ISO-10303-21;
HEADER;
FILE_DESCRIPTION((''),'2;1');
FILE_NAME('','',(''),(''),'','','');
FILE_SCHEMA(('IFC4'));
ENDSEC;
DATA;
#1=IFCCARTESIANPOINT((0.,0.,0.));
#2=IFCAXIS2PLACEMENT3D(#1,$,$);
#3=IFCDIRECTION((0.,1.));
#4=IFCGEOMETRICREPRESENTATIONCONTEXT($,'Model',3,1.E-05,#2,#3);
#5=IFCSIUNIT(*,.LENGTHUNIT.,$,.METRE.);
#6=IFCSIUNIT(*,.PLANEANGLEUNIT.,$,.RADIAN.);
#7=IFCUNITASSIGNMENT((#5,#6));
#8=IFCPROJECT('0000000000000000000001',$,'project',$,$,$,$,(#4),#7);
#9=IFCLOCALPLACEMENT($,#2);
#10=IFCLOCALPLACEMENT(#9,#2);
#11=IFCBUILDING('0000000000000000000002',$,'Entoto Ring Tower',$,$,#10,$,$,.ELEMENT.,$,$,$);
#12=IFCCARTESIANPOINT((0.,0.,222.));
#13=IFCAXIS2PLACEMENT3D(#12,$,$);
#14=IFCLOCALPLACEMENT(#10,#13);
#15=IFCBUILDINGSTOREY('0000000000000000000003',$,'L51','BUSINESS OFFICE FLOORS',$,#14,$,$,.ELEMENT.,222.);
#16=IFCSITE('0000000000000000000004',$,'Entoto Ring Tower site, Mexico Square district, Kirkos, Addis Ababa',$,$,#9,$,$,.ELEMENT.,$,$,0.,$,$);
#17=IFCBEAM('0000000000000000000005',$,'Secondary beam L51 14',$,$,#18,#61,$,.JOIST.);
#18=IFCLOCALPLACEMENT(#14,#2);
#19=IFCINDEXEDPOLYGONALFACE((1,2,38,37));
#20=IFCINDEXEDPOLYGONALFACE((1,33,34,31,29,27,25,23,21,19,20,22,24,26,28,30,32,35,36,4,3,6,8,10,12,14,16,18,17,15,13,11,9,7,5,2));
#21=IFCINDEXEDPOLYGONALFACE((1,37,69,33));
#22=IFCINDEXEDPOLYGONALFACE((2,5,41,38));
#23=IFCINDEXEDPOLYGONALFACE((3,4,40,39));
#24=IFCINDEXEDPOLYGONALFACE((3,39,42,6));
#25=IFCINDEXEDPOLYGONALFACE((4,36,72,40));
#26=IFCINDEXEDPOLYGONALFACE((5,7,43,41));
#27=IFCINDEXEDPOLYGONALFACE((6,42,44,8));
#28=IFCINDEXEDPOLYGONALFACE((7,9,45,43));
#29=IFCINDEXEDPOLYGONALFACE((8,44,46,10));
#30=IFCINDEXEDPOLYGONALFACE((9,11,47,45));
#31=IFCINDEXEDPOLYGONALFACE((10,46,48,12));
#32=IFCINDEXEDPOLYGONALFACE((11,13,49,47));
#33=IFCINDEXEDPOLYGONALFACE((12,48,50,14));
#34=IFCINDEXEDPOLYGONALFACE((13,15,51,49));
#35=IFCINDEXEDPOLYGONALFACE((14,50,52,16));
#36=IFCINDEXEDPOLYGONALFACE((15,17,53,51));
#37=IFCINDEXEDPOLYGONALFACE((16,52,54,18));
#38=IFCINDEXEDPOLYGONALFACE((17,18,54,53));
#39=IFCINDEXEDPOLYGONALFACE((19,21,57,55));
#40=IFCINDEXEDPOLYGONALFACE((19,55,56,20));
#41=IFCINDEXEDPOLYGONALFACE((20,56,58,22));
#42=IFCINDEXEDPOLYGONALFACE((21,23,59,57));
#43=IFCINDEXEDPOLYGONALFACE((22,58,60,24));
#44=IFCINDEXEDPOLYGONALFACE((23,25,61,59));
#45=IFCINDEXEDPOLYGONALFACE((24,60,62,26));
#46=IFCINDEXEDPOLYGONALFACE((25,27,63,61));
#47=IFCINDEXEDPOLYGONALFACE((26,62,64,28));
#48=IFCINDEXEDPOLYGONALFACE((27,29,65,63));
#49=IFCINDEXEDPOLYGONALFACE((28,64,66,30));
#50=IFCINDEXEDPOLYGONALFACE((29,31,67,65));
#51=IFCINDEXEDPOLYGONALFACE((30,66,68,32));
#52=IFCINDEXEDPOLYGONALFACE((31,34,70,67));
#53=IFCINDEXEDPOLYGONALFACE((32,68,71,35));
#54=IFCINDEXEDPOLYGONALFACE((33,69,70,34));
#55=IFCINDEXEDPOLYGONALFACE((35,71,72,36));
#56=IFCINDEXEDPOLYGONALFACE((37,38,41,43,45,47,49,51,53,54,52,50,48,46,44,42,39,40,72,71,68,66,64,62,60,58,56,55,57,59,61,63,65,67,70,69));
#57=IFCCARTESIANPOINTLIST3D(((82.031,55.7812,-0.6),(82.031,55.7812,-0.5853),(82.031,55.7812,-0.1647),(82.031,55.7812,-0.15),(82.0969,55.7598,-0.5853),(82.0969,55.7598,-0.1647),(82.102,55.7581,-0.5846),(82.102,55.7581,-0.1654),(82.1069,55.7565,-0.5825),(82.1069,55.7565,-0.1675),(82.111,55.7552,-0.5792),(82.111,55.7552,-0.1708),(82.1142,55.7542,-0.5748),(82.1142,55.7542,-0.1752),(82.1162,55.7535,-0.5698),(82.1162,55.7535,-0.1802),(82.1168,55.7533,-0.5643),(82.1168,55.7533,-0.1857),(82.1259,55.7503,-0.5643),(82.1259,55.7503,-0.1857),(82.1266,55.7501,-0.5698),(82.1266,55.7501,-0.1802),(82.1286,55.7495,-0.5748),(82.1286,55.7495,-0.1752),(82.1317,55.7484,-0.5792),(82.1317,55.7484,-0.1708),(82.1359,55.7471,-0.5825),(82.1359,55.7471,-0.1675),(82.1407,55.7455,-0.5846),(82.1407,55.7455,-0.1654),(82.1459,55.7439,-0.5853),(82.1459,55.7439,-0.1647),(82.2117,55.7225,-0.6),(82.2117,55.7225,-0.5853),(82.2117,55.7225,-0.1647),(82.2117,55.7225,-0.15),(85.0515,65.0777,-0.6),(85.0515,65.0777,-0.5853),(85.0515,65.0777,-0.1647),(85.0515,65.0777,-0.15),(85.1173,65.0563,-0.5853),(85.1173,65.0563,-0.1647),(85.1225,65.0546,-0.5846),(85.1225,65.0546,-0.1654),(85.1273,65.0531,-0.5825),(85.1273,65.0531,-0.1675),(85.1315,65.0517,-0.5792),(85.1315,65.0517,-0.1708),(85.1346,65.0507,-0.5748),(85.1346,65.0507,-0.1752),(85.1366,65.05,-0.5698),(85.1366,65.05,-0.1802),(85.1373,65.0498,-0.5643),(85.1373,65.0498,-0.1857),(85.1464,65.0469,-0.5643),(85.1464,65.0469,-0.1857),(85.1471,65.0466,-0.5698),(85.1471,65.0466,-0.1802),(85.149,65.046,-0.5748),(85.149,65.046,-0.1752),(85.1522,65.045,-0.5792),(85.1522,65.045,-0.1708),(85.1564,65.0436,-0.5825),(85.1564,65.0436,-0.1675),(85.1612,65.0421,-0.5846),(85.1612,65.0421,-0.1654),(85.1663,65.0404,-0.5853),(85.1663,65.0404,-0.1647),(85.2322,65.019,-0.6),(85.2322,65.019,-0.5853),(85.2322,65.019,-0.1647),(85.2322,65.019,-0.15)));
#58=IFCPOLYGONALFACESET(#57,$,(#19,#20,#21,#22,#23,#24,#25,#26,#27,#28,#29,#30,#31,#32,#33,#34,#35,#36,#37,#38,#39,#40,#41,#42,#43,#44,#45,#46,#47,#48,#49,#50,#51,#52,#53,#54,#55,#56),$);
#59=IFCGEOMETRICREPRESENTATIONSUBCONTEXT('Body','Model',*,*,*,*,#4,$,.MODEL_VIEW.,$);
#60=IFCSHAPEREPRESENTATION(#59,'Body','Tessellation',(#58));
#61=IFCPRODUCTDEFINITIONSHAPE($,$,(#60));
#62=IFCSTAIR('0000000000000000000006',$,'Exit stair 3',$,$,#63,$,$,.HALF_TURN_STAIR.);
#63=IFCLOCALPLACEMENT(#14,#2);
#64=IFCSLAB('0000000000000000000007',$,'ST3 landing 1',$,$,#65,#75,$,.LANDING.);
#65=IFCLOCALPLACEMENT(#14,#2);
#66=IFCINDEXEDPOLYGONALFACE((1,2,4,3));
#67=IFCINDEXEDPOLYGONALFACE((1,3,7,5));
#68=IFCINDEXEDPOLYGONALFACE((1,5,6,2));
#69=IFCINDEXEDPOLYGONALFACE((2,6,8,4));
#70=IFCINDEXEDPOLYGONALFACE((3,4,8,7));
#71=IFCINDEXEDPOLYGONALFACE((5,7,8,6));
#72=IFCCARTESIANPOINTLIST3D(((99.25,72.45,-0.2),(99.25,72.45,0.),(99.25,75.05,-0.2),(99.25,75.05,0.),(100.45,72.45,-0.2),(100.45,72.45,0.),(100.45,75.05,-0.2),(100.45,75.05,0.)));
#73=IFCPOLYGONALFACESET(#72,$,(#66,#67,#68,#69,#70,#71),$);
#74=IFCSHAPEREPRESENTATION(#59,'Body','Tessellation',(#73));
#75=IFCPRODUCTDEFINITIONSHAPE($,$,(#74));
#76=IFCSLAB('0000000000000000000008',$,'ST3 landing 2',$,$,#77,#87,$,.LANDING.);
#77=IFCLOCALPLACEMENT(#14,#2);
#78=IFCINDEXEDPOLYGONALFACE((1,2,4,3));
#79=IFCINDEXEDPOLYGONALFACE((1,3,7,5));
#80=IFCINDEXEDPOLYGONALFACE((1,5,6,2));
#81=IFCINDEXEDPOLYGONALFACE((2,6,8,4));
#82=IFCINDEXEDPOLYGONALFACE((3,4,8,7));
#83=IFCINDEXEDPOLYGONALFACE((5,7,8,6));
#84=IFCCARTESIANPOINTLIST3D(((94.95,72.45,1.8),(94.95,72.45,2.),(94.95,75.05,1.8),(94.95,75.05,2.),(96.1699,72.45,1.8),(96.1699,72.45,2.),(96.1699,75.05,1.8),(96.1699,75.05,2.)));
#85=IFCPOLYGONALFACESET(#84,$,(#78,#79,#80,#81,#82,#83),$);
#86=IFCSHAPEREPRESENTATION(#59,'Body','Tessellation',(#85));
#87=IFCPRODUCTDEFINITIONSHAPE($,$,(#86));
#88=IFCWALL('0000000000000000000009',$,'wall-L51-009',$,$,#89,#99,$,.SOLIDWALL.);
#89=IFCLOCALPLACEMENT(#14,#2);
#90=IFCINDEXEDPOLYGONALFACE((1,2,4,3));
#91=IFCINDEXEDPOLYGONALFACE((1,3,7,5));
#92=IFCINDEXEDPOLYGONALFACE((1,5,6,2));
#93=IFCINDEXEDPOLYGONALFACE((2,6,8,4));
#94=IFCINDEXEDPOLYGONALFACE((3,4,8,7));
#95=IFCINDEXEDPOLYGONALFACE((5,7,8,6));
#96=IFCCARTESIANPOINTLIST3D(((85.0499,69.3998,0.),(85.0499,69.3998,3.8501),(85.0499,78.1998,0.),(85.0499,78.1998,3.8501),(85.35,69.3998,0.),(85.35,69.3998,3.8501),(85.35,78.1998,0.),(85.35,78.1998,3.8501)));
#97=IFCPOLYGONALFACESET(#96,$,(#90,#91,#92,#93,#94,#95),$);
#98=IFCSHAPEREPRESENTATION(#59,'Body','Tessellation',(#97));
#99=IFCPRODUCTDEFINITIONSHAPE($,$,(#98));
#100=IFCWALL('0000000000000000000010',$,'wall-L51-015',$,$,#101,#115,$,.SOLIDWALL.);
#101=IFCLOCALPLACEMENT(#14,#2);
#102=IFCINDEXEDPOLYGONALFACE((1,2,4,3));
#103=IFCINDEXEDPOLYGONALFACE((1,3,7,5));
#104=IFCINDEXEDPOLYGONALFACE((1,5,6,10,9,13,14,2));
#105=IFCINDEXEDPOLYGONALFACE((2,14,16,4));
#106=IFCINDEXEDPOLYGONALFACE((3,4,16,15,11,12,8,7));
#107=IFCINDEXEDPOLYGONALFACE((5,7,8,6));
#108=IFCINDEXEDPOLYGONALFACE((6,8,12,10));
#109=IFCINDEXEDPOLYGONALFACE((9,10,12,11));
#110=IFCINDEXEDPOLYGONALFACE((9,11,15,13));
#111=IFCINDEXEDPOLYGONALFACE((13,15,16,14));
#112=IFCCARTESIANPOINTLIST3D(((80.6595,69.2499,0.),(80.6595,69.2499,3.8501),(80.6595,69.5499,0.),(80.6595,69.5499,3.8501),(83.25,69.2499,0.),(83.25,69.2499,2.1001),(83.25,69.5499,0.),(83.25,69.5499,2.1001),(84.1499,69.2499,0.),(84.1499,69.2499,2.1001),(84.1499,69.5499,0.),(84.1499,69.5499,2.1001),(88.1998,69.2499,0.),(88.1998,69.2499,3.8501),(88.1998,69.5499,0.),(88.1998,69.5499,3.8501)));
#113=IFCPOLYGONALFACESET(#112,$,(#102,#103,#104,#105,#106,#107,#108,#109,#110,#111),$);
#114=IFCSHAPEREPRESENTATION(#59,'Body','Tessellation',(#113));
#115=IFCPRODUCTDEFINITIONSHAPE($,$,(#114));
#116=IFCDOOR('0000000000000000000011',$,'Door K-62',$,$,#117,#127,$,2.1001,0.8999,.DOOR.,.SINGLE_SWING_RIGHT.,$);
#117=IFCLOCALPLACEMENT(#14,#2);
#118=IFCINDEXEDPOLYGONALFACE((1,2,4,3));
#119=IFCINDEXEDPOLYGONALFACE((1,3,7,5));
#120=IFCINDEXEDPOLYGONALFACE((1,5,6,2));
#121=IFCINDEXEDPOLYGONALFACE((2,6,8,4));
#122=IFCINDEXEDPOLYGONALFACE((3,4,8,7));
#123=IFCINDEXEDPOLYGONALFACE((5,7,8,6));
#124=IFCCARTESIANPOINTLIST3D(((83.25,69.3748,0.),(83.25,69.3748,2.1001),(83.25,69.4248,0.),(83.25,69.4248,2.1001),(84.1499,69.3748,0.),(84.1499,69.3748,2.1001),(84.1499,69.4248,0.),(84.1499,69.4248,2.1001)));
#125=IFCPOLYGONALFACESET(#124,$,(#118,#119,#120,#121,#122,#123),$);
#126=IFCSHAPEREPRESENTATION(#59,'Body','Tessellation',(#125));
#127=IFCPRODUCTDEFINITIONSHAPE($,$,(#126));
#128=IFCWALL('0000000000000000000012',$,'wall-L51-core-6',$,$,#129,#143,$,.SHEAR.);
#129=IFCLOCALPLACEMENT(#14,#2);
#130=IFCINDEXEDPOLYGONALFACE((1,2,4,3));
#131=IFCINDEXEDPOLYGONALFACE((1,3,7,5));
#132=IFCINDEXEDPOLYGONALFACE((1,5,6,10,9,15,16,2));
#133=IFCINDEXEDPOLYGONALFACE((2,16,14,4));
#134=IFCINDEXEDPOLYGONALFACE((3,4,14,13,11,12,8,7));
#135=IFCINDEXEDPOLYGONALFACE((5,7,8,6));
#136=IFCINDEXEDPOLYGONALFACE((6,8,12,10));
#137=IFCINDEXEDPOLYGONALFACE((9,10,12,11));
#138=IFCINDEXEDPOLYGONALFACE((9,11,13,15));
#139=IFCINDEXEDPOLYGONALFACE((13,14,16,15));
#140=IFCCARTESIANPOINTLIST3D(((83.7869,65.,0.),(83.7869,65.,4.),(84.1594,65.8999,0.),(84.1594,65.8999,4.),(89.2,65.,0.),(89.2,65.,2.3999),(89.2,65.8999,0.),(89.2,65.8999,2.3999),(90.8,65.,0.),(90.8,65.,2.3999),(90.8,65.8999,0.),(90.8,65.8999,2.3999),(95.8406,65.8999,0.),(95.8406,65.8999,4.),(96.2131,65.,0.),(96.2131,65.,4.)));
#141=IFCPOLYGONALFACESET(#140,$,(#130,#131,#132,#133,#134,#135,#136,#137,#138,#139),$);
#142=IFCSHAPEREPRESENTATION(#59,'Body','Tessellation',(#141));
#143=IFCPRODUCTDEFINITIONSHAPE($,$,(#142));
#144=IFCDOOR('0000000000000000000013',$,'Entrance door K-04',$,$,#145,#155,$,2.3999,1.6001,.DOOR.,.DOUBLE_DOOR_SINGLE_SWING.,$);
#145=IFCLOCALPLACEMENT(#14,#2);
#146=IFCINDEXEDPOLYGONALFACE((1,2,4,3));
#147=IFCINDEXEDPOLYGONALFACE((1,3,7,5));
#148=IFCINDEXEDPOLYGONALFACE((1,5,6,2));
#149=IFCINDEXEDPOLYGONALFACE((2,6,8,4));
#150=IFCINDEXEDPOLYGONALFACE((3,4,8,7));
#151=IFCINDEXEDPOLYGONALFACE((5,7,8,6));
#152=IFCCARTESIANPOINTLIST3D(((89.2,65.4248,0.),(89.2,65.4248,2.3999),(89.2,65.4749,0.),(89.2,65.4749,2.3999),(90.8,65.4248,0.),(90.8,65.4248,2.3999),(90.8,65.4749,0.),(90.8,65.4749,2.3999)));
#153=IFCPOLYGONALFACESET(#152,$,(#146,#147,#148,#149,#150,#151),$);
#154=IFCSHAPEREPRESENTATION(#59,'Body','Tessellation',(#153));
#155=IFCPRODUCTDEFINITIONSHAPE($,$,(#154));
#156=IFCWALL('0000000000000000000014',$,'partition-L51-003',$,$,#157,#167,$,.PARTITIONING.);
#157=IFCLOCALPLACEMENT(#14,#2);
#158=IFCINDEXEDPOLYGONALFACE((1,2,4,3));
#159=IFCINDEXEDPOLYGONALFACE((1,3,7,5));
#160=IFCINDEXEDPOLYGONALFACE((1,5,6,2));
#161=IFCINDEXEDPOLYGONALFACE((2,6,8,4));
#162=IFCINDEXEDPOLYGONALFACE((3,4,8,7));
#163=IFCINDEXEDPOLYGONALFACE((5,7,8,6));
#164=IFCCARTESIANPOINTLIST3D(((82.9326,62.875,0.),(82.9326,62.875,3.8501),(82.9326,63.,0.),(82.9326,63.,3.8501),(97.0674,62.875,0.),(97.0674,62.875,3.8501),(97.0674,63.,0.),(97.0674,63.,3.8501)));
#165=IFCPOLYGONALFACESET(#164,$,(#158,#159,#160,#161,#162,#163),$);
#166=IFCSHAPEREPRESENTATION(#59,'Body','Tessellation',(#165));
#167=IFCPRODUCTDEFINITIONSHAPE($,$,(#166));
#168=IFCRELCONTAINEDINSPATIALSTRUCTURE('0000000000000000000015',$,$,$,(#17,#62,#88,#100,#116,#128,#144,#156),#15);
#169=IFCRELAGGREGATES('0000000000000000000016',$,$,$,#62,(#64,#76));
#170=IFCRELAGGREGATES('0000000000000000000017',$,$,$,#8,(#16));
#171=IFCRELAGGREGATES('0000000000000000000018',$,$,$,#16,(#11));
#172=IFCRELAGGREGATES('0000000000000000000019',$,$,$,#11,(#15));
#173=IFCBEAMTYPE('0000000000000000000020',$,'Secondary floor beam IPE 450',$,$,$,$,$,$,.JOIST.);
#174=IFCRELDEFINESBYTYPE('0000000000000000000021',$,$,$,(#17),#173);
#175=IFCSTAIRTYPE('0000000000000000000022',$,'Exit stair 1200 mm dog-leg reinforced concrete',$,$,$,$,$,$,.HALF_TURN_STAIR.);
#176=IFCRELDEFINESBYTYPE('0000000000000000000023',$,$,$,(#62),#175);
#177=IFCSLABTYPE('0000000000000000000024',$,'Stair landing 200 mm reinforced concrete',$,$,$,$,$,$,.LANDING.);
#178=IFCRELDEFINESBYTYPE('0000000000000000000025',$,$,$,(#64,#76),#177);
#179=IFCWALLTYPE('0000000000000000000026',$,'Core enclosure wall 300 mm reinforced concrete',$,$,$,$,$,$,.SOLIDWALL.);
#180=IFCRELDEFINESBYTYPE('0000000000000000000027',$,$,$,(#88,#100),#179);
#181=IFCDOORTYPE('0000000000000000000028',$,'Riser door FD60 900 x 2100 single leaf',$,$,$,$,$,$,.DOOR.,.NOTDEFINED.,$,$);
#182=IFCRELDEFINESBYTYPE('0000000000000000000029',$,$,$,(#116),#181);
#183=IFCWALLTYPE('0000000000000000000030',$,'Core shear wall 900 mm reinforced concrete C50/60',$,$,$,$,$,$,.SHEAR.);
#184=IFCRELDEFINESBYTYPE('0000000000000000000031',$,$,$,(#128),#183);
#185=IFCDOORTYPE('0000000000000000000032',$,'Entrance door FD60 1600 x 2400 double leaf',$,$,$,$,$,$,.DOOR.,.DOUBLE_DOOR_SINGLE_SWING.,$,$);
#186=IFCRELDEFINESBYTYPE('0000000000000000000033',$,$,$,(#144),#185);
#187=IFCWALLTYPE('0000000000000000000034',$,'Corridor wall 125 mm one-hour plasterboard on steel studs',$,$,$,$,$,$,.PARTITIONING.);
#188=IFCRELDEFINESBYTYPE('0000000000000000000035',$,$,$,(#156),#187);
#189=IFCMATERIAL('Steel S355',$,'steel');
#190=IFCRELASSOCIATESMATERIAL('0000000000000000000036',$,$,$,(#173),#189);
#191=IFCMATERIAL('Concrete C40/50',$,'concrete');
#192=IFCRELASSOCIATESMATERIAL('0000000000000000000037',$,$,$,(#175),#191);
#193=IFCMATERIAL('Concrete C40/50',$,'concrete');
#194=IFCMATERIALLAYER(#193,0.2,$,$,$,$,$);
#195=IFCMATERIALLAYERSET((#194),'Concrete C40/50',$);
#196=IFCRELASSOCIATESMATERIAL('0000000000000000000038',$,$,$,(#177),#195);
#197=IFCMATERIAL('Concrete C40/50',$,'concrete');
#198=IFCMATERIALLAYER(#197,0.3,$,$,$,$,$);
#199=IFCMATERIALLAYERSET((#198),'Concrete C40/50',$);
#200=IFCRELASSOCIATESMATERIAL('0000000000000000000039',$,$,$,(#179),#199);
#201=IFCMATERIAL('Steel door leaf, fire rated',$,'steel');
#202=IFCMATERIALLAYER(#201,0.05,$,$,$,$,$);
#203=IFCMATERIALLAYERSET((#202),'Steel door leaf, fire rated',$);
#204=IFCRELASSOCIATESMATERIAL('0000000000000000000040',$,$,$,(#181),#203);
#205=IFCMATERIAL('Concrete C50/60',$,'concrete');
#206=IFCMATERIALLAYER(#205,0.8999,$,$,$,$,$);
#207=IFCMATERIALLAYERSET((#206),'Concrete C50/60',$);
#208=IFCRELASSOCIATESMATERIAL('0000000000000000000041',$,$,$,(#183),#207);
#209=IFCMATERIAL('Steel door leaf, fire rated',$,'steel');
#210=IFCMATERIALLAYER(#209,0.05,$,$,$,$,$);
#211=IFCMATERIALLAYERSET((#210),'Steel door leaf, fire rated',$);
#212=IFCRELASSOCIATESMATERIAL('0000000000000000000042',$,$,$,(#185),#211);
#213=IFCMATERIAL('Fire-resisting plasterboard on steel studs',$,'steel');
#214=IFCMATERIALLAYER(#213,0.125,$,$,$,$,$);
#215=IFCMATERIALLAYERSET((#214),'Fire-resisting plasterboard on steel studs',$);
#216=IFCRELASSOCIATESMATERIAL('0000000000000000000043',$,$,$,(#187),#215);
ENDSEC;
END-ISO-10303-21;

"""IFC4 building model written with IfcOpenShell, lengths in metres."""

from ifc_helpers import new_model, si_unit, direction, frame, frame_2d, origin, origin_2d, place, context, subcontext, project, spatial, polyline, rectangle, i_section, outline, extrude, material, layer, layer_set, material_profile, profile_set, type_object, element, fill, aggregate, save


model = new_model("IFC4")

# Units and contexts
model_context = context("Model", 3, precision=1e-05, world=origin(), true_north=direction((0.0, 1.0)))
body_context = subcontext(model_context, "Body", "Model", "MODEL_VIEW")
ifc_project = project(units=[si_unit("LENGTHUNIT", "METRE"), si_unit("PLANEANGLEUNIT", "RADIAN")], contexts=[model_context])

# Site, building, storey
site_placement = place(None, origin())
site = spatial("IfcSite", under=ifc_project, at=site_placement, Name="Entoto Ring Tower site, Mexico Square district, Kirkos, Addis Ababa", CompositionType="ELEMENT", RefElevation=0.0)
building_placement = place(site_placement, origin())
building = spatial("IfcBuilding", under=site, at=building_placement, Name="Entoto Ring Tower", CompositionType="ELEMENT")
storey_placement = place(building_placement, frame((0.0, 0.0, 222.0)))
storey = spatial("IfcBuildingStorey", under=building, at=storey_placement, Name="L51", Description="BUSINESS OFFICE FLOORS", CompositionType="ELEMENT", Elevation=222.0)

# Beam
ifc_material_1 = material(Name="Steel S355", Category="steel")
ifc_material_profile_1 = material_profile(ifc_material_1, i_section(OverallWidth=0.1899, OverallDepth=0.45, WebThickness=0.0095, FlangeThickness=0.0146, FilletRadius=0.021, at=origin_2d()), Name="IPE 450")
ifc_profile_set_1 = profile_set([ifc_material_profile_1], Name="Steel S355")
beam_type_1 = type_object("IfcBeamType", Name="Secondary floor beam IPE 450", PredefinedType="JOIST", material=ifc_profile_set_1)
beam_1_placement = place(storey_placement, frame((85.1418, 65.0483, -0.375), z_axis=(-0.309003, -0.951061, 0.0), x_axis=(0.951061, -0.309003, 0.0)))
element("IfcBeam", 1, at=beam_1_placement, inside=storey, type_object=beam_type_1, Name="Secondary beam L51 14", PredefinedType="JOIST", context=body_context, shape_type="SweptSolid", body=[
    extrude(i_section(OverallWidth=0.1899, OverallDepth=0.45, WebThickness=0.0095, FlangeThickness=0.0146, FilletRadius=0.021, at=origin_2d()), origin(), (0.0, 0.0, 1.0), 9.7749),
])

# Stair, slabs
ifc_material_2 = material(Name="Concrete C40/50", Category="concrete")
stair_type = type_object("IfcStairType", Name="Exit stair 1200 mm dog-leg reinforced concrete", PredefinedType="HALF_TURN_STAIR", material=ifc_material_2)
stair_placement = place(storey_placement, origin())
stair = element("IfcStair", 2, at=stair_placement, inside=storey, type_object=stair_type, Name="Exit stair 3", PredefinedType="HALF_TURN_STAIR")
ifc_material_3 = material(Name="Concrete C40/50", Category="concrete")
ifc_layer_1 = layer(ifc_material_3, 0.2)
ifc_layer_set_1 = layer_set([ifc_layer_1], Name="Concrete C40/50")
slab_type_1 = type_object("IfcSlabType", Name="Stair landing 200 mm reinforced concrete", PredefinedType="LANDING", material=ifc_layer_set_1)
slab_1_placement = place(storey_placement, frame((0.0, 0.0, -0.2)))
slab_1 = element("IfcSlab", 3, at=slab_1_placement, type_object=slab_type_1, Name="ST3 landing 1", PredefinedType="LANDING", context=body_context, shape_type="SweptSolid", body=[
    extrude(outline(polyline([(100.45, 72.45), (100.45, 75.05), (99.25, 75.05), (99.25, 72.45), (100.45, 72.45)])), origin(), (0.0, 0.0, 1.0), 0.2),
])
slab_2_placement = place(storey_placement, frame((0.0, 0.0, 1.8)))
slab_2 = element("IfcSlab", 4, at=slab_2_placement, type_object=slab_type_1, Name="ST3 landing 2", PredefinedType="LANDING", context=body_context, shape_type="SweptSolid", body=[
    extrude(outline(polyline([(94.95, 72.45), (96.1699, 72.45), (96.1699, 75.05), (94.95, 75.05), (94.95, 72.45)])), origin(), (0.0, 0.0, 1.0), 0.2),
])
aggregate(stair, [slab_1, slab_2])

# Wall
ifc_material_4 = material(Name="Concrete C40/50", Category="concrete")
ifc_layer_2 = layer(ifc_material_4, 0.3)
ifc_layer_set_2 = layer_set([ifc_layer_2], Name="Concrete C40/50")
wall_type_1 = type_object("IfcWallType", Name="Core enclosure wall 300 mm reinforced concrete", PredefinedType="SOLIDWALL", material=ifc_layer_set_2)
wall_1_placement = place(storey_placement, frame((85.2, 69.3999, 0.0), z_axis=(0.0, 0.0, 1.0), x_axis=(0.0, 1.0, 0.0)))
element("IfcWall", 5, at=wall_1_placement, inside=storey, type_object=wall_type_1, Name="wall-L51-009", PredefinedType="SOLIDWALL", context=body_context, shape_type="SweptSolid", body=[
    extrude(rectangle(XDim=8.8, YDim=0.3, at=frame_2d((4.3999, 0.0))), origin(), (0.0, 0.0, 1.0), 3.8501),
])

# Walls, openings, doors
wall_2_placement = place(storey_placement, frame((80.6597, 69.3999, 0.0), z_axis=(0.0, 0.0, 1.0), x_axis=(1.0, 0.0, 0.0)))
wall_2 = element("IfcWall", 6, at=wall_2_placement, inside=storey, type_object=wall_type_1, Name="wall-L51-015", PredefinedType="SOLIDWALL", context=body_context, shape_type="SweptSolid", body=[
    extrude(rectangle(XDim=7.5403, YDim=0.3, at=frame_2d((3.77, 0.0))), origin(), (0.0, 0.0, 1.0), 3.8501),
])
opening_1_placement = place(wall_2_placement, frame((2.5903, 0.0, 0.0)))
opening_1 = element("IfcOpeningElement", 7, at=opening_1_placement, cuts=wall_2, PredefinedType="OPENING", context=body_context, shape_type="SweptSolid", body=[
    extrude(rectangle(XDim=0.8999, YDim=2.1001, at=frame_2d((0.45, 1.05))), frame((0.0, 0.1602, 0.0), z_axis=(0.0, -1.0, 0.0), x_axis=(1.0, 0.0, 0.0)), (0.0, 0.0, 1.0), 0.3201),
])
ifc_material_5 = material(Name="Steel door leaf, fire rated", Category="steel")
ifc_layer_3 = layer(ifc_material_5, 0.05)
ifc_layer_set_3 = layer_set([ifc_layer_3], Name="Steel door leaf, fire rated")
door_type_1 = type_object("IfcDoorType", Name="Riser door FD60 900 x 2100 single leaf", OperationType="NOTDEFINED", PredefinedType="DOOR", material=ifc_layer_set_3)
door_1_placement = place(opening_1_placement, origin())
door_1 = element("IfcDoor", 8, at=door_1_placement, inside=storey, type_object=door_type_1, Name="Door K-62", OperationType="SINGLE_SWING_RIGHT", OverallHeight=2.1001, OverallWidth=0.8999, PredefinedType="DOOR", context=body_context, shape_type="SweptSolid", body=[
    extrude(rectangle(XDim=0.8999, YDim=2.1001, at=frame_2d((0.45, 1.05))), frame((0.0, 0.0249, 0.0), z_axis=(0.0, -1.0, 0.0), x_axis=(1.0, 0.0, 0.0)), (0.0, 0.0, 1.0), 0.05),
])
fill(opening_1, door_1)
ifc_material_6 = material(Name="Concrete C50/60", Category="concrete")
ifc_layer_4 = layer(ifc_material_6, 0.8999)
ifc_layer_set_4 = layer_set([ifc_layer_4], Name="Concrete C50/60")
wall_type_2 = type_object("IfcWallType", Name="Core shear wall 900 mm reinforced concrete C50/60", PredefinedType="SHEAR", material=ifc_layer_set_4)
wall_3_placement = place(storey_placement, frame((83.9731, 65.45, 0.0), z_axis=(0.0, 0.0, 1.0), x_axis=(1.0, 0.0, 0.0)))
wall_3 = element("IfcWall", 9, at=wall_3_placement, inside=storey, type_object=wall_type_2, Name="wall-L51-core-6", PredefinedType="SHEAR", context=body_context, shape_type="SweptSolid", body=[
    extrude(outline(polyline([(-0.1863, -0.45), (12.24, -0.45), (11.8674, 0.45), (0.1863, 0.45), (-0.1863, -0.45)])), origin(), (0.0, 0.0, 1.0), 4.0),
])
opening_2_placement = place(wall_3_placement, frame((5.2268, 0.0, 0.0)))
opening_2 = element("IfcOpeningElement", 10, at=opening_2_placement, cuts=wall_3, PredefinedType="OPENING", context=body_context, shape_type="SweptSolid", body=[
    extrude(rectangle(XDim=1.6001, YDim=2.3999, at=frame_2d((0.8, 1.2))), frame((0.0, 0.46, 0.0), z_axis=(0.0, -1.0, 0.0), x_axis=(1.0, 0.0, 0.0)), (0.0, 0.0, 1.0), 0.9199),
])
ifc_material_7 = material(Name="Steel door leaf, fire rated", Category="steel")
ifc_layer_5 = layer(ifc_material_7, 0.05)
ifc_layer_set_5 = layer_set([ifc_layer_5], Name="Steel door leaf, fire rated")
door_type_2 = type_object("IfcDoorType", Name="Entrance door FD60 1600 x 2400 double leaf", OperationType="DOUBLE_DOOR_SINGLE_SWING", PredefinedType="DOOR", material=ifc_layer_set_5)
door_2_placement = place(opening_2_placement, origin())
door_2 = element("IfcDoor", 11, at=door_2_placement, inside=storey, type_object=door_type_2, Name="Entrance door K-04", OperationType="DOUBLE_DOOR_SINGLE_SWING", OverallHeight=2.3999, OverallWidth=1.6001, PredefinedType="DOOR", context=body_context, shape_type="SweptSolid", body=[
    extrude(rectangle(XDim=1.6001, YDim=2.3999, at=frame_2d((0.8, 1.2))), frame((0.0, 0.0249, 0.0), z_axis=(0.0, -1.0, 0.0), x_axis=(1.0, 0.0, 0.0)), (0.0, 0.0, 1.0), 0.05),
])
fill(opening_2, door_2)

# Wall
ifc_material_8 = material(Name="Fire-resisting plasterboard on steel studs", Category="steel")
ifc_layer_6 = layer(ifc_material_8, 0.125)
ifc_layer_set_6 = layer_set([ifc_layer_6], Name="Fire-resisting plasterboard on steel studs")
wall_type_3 = type_object("IfcWallType", Name="Corridor wall 125 mm one-hour plasterboard on steel studs", PredefinedType="PARTITIONING", material=ifc_layer_set_6)
wall_4_placement = place(storey_placement, frame((82.9326, 62.9375, 0.0), z_axis=(0.0, 0.0, 1.0), x_axis=(1.0, 0.0, 0.0)))
element("IfcWall", 12, at=wall_4_placement, inside=storey, type_object=wall_type_3, Name="partition-L51-003", PredefinedType="PARTITIONING", context=body_context, shape_type="SweptSolid", body=[
    extrude(rectangle(XDim=14.1348, YDim=0.125, at=frame_2d((7.0674, 0.0))), origin(), (0.0, 0.0, 1.0), 3.8501),
])

save(model, "model.ifc")
